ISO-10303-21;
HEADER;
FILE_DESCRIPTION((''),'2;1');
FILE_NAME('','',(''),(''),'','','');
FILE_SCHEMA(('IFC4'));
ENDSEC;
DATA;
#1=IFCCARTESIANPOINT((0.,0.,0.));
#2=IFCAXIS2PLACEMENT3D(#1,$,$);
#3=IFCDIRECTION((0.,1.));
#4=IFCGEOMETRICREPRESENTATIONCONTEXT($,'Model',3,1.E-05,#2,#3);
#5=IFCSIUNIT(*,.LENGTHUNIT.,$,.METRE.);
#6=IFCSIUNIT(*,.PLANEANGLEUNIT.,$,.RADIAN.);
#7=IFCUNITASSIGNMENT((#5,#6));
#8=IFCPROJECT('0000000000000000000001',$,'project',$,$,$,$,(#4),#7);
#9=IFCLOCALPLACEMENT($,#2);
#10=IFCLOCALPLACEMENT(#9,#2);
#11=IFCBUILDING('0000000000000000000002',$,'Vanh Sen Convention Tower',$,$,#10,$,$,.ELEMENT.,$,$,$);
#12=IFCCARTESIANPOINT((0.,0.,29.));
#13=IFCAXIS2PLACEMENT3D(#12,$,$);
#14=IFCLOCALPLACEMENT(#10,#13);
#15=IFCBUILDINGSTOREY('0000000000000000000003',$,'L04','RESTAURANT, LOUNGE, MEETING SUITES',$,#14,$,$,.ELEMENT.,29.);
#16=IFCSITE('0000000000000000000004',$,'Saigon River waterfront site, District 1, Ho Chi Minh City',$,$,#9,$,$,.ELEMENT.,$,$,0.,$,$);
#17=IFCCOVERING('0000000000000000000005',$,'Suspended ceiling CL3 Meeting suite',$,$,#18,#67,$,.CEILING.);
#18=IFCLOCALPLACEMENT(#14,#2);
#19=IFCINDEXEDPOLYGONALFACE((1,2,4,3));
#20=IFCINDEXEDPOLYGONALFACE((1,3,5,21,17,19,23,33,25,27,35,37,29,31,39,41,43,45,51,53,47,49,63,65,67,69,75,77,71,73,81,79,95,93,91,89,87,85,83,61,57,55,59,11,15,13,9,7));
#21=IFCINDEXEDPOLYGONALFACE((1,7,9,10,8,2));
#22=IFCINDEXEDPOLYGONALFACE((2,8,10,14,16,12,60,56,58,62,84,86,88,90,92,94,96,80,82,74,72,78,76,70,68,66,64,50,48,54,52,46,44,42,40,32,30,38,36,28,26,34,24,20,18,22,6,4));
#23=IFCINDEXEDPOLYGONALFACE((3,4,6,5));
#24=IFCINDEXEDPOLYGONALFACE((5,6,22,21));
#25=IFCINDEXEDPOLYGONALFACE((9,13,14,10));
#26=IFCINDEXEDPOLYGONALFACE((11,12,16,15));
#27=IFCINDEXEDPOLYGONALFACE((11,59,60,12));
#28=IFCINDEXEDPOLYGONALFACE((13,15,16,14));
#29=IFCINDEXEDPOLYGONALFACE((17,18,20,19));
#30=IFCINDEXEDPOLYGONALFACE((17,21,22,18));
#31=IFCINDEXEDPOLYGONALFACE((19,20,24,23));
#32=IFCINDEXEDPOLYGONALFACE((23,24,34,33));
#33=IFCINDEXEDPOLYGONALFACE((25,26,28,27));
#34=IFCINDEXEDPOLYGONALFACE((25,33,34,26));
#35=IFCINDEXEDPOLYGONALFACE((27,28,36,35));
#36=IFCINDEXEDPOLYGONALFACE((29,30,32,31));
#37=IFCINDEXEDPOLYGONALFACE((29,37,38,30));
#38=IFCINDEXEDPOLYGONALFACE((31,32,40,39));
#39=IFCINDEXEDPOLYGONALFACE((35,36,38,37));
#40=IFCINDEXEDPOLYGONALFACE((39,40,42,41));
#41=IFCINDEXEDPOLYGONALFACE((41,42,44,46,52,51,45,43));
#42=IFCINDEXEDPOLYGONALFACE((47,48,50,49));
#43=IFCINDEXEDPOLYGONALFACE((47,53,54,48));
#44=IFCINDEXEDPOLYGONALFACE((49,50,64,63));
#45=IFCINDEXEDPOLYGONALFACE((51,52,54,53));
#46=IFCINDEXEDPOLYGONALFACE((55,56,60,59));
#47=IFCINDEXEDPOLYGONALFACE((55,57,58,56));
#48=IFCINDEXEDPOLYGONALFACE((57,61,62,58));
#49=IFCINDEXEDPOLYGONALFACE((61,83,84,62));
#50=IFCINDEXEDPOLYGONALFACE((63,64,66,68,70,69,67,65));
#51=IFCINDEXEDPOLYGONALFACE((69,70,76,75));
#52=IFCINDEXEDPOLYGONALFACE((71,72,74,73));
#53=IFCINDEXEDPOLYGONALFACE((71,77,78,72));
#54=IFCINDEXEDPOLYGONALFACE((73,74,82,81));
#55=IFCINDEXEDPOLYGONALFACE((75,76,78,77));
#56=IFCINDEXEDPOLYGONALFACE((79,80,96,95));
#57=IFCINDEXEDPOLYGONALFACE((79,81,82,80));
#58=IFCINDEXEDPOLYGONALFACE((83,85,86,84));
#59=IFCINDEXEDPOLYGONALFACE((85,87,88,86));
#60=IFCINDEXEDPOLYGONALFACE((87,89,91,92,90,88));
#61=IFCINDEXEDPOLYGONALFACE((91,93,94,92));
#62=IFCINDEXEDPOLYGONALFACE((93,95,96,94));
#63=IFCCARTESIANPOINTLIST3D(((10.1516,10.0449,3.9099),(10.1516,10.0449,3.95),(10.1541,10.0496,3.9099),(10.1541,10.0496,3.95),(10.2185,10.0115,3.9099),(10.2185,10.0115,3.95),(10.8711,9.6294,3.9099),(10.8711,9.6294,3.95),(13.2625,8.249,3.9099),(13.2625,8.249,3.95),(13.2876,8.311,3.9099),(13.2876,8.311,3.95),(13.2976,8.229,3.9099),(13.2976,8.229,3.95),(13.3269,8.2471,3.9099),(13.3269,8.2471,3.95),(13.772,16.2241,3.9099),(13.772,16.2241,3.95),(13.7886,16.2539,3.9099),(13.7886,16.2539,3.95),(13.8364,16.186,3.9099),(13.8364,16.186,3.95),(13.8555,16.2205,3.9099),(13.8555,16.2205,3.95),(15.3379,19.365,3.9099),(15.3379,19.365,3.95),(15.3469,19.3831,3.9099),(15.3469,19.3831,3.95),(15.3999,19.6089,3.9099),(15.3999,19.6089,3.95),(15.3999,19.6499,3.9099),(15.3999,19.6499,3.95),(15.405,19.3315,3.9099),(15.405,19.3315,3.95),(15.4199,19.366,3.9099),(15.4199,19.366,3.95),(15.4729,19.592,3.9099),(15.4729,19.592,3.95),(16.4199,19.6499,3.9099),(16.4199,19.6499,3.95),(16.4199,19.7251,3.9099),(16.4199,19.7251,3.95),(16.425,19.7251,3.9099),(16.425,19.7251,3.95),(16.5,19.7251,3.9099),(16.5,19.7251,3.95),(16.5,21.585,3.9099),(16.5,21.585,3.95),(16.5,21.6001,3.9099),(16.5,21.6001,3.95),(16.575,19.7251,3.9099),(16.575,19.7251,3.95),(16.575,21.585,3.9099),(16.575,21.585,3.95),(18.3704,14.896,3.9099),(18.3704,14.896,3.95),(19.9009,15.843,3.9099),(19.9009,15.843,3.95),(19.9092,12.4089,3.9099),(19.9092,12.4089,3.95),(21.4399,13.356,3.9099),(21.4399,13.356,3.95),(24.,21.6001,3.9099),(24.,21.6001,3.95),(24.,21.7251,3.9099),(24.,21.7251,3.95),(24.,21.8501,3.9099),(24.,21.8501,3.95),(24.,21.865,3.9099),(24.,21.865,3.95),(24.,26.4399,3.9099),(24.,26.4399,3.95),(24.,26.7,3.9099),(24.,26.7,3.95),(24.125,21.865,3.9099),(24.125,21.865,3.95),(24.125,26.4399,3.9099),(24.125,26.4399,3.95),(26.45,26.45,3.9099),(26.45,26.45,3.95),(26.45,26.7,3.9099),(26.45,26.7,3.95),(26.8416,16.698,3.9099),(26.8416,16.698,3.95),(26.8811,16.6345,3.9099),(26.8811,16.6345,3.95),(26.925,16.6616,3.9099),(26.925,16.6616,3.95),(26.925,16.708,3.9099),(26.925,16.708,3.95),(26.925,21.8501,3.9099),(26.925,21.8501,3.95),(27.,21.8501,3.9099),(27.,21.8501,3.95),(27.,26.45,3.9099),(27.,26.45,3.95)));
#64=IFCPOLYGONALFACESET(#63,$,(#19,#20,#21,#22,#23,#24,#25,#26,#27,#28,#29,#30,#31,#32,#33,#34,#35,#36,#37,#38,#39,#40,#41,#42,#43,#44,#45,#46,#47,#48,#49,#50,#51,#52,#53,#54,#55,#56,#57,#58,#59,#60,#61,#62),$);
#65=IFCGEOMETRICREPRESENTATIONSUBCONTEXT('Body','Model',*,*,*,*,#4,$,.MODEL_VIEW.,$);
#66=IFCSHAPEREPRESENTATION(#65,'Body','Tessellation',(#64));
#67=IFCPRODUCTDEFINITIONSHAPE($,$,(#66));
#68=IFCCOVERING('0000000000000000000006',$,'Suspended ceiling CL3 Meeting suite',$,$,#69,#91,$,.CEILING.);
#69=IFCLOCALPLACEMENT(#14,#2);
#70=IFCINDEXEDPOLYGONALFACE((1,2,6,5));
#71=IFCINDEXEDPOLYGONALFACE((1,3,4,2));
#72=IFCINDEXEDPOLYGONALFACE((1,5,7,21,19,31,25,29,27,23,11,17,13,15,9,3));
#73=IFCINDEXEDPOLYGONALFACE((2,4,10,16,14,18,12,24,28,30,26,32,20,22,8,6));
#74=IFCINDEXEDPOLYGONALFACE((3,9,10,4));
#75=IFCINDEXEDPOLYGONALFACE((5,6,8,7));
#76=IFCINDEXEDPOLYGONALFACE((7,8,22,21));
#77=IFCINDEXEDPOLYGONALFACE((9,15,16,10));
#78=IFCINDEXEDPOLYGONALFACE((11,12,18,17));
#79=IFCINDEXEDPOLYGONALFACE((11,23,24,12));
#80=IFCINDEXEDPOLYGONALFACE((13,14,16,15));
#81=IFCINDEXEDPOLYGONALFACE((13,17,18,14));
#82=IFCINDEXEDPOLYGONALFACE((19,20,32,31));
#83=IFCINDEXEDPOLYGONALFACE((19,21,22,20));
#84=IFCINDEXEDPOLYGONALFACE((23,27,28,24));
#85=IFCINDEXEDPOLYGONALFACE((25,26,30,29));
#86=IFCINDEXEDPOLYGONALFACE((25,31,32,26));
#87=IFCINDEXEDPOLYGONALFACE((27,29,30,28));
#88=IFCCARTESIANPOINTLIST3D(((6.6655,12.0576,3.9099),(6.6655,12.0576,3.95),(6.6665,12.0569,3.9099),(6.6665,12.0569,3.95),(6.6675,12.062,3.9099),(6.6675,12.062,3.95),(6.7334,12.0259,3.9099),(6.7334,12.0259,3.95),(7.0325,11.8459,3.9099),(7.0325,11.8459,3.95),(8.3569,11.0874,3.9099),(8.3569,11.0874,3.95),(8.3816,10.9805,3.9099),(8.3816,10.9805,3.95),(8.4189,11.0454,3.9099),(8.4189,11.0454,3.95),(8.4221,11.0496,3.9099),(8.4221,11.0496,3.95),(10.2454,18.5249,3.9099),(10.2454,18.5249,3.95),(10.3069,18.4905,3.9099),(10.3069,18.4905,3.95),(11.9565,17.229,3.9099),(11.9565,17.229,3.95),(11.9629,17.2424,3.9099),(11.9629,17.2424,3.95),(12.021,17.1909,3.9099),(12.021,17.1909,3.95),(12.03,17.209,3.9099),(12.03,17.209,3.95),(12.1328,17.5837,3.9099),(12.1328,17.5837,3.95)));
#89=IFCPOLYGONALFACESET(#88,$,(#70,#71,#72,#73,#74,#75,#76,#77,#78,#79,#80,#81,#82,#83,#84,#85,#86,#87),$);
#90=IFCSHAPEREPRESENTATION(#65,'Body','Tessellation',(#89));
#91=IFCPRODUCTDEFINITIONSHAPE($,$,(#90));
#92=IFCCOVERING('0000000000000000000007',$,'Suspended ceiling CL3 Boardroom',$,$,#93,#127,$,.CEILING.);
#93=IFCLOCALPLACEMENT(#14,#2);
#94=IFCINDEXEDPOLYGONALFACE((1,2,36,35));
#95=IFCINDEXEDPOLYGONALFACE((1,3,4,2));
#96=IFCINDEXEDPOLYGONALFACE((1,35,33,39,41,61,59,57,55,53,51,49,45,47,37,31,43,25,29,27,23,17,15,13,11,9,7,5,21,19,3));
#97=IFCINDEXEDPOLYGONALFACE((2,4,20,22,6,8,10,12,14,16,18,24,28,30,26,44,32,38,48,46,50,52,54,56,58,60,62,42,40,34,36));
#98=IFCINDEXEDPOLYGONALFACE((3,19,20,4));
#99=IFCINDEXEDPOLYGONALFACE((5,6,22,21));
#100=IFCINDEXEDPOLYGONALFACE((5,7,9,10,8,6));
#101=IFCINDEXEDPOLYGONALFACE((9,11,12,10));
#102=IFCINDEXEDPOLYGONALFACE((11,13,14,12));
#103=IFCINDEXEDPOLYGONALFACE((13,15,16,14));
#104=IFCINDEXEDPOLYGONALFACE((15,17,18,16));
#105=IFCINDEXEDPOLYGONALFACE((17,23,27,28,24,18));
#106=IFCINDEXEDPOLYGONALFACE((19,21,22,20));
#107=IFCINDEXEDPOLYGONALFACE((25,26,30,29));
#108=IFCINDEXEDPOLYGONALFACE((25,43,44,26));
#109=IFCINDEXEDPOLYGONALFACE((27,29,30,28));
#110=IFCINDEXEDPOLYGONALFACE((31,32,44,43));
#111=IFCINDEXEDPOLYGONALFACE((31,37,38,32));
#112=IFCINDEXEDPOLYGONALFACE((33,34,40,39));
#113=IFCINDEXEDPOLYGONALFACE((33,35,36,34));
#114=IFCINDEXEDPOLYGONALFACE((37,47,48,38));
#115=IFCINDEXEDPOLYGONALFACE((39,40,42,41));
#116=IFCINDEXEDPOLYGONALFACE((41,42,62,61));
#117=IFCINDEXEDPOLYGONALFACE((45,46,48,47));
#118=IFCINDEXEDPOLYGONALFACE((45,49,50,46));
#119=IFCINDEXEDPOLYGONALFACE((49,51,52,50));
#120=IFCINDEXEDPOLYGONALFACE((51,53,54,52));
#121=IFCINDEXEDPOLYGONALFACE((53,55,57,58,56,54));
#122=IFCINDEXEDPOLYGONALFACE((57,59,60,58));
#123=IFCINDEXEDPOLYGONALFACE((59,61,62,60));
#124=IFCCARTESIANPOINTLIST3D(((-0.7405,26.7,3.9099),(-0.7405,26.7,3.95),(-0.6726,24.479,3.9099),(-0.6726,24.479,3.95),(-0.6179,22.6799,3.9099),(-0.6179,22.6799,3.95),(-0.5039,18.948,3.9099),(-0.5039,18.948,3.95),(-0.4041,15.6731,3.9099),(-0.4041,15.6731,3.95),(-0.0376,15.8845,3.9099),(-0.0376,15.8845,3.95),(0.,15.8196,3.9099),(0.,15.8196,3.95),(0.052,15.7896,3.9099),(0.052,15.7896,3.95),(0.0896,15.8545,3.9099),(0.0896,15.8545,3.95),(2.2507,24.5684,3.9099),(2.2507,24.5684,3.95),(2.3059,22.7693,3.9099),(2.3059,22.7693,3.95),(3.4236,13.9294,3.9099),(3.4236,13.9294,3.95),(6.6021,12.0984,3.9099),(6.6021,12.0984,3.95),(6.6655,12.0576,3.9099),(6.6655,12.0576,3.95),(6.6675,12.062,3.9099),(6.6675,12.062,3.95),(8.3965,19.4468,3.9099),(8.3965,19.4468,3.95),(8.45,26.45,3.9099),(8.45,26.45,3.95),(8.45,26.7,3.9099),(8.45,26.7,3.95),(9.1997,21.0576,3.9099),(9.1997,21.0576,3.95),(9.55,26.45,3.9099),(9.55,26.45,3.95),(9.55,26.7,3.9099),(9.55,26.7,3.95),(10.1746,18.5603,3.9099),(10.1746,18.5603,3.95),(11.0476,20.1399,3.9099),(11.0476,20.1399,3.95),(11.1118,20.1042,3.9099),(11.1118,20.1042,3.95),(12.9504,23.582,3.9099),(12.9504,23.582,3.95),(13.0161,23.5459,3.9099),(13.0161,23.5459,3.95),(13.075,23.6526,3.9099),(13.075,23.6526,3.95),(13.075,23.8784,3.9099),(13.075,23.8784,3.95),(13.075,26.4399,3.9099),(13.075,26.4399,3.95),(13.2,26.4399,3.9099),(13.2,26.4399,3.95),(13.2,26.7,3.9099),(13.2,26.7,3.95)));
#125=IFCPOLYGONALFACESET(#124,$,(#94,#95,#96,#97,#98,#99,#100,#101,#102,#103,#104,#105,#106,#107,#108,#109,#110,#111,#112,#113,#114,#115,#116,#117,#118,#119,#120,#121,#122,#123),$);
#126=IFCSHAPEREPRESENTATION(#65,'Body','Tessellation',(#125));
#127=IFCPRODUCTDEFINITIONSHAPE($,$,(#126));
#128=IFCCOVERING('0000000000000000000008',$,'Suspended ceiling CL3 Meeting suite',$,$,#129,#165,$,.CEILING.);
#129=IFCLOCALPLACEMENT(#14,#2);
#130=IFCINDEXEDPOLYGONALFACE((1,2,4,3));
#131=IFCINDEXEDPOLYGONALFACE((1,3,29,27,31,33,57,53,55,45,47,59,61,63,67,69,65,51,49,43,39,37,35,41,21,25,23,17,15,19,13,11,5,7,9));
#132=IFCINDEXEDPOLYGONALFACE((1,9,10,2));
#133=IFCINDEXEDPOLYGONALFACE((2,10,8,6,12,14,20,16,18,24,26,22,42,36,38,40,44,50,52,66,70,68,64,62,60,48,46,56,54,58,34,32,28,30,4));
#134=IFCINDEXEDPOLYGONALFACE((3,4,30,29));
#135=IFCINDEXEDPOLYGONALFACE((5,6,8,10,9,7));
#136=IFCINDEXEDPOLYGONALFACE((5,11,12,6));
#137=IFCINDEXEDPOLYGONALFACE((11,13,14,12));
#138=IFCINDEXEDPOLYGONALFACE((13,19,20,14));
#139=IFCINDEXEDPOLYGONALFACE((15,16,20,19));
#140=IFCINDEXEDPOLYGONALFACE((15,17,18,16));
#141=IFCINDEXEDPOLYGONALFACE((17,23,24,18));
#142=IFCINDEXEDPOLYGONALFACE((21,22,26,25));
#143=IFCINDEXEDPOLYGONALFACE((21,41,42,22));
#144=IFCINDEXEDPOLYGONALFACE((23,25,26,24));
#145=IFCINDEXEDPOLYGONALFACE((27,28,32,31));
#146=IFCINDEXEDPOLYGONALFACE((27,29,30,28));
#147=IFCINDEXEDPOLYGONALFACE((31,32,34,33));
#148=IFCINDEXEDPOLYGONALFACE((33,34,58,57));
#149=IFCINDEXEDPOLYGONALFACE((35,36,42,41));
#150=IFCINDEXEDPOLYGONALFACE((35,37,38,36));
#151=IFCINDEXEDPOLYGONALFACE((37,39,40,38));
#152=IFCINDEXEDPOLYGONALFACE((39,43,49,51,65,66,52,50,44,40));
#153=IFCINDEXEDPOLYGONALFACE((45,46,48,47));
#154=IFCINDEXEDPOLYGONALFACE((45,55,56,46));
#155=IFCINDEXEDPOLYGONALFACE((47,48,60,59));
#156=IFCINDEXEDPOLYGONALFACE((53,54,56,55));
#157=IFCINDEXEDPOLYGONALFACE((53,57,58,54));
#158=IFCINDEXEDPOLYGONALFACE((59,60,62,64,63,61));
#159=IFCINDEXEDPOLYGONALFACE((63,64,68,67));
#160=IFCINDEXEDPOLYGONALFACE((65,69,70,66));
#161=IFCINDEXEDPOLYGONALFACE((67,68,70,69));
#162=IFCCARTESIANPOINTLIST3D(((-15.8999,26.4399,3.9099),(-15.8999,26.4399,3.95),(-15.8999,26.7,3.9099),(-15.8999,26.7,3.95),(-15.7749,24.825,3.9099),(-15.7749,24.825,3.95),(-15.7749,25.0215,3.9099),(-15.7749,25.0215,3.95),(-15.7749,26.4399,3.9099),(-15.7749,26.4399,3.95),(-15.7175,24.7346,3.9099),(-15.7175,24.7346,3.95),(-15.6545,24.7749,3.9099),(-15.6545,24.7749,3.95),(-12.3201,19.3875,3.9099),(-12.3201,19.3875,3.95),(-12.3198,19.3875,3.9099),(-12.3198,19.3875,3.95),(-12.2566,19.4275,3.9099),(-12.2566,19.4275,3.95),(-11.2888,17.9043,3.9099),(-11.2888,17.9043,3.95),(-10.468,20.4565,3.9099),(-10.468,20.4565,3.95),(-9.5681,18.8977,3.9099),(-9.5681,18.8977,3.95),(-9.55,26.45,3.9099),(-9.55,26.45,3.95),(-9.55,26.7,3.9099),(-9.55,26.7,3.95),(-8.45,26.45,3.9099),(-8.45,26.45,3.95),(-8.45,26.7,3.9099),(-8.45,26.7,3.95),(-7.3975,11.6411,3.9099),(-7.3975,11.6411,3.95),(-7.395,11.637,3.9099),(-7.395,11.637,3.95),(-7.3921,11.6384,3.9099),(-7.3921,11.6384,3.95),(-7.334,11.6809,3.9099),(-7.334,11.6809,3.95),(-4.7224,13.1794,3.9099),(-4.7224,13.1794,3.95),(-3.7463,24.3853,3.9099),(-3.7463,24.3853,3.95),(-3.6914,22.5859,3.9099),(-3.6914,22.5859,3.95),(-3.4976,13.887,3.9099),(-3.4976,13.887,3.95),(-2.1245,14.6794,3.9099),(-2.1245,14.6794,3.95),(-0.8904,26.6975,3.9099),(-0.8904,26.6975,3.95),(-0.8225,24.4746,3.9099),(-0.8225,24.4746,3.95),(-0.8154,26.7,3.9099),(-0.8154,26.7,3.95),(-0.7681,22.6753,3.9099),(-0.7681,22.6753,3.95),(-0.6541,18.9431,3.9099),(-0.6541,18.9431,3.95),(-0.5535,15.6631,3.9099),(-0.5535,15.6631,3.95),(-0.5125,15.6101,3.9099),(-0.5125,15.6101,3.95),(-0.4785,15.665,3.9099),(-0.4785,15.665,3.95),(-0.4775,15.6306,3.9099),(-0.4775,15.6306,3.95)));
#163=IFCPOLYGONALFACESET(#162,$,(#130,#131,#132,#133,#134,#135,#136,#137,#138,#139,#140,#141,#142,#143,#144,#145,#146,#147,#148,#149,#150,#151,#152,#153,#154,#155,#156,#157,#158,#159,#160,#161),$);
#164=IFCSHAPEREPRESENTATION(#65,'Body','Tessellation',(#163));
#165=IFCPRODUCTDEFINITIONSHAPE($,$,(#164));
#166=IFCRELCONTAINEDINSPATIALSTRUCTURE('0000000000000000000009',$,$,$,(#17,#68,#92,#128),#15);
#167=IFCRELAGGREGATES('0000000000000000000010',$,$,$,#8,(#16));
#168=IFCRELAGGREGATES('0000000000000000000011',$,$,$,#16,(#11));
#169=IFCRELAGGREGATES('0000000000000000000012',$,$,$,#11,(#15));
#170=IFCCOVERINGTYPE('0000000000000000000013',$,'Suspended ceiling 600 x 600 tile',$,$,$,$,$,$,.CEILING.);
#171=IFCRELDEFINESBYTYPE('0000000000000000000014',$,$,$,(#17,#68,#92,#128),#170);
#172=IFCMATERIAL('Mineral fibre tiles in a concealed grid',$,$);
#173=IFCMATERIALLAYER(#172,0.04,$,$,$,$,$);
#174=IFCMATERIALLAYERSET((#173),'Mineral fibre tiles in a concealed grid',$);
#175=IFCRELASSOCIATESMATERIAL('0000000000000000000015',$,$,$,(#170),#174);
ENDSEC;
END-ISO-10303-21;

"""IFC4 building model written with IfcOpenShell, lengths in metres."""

from ifc_helpers import new_model, si_unit, direction, frame, origin, place, context, subcontext, project, spatial, polyline, outline, extrude, material, layer, layer_set, type_object, element, save


model = new_model("IFC4")

# Units and contexts
model_context = context("Model", 3, precision=1e-05, world=origin(), true_north=direction((0.0, 1.0)))
body_context = subcontext(model_context, "Body", "Model", "MODEL_VIEW")
ifc_project = project(units=[si_unit("LENGTHUNIT", "METRE"), si_unit("PLANEANGLEUNIT", "RADIAN")], contexts=[model_context])

# Site, building, storey
site_placement = place(None, origin())
site = spatial("IfcSite", under=ifc_project, at=site_placement, Name="Saigon River waterfront site, District 1, Ho Chi Minh City", CompositionType="ELEMENT", RefElevation=0.0)
building_placement = place(site_placement, origin())
building = spatial("IfcBuilding", under=site, at=building_placement, Name="Vanh Sen Convention Tower", CompositionType="ELEMENT")
storey_placement = place(building_placement, frame((0.0, 0.0, 29.0)))
storey = spatial("IfcBuildingStorey", under=building, at=storey_placement, Name="L04", Description="RESTAURANT, LOUNGE, MEETING SUITES", CompositionType="ELEMENT", Elevation=29.0)

# Coverings
ifc_material_1 = material(Name="Mineral fibre tiles in a concealed grid")
ifc_layer_1 = layer(ifc_material_1, 0.04)
ifc_layer_set_1 = layer_set([ifc_layer_1], Name="Mineral fibre tiles in a concealed grid")
covering_type = type_object("IfcCoveringType", Name="Suspended ceiling 600 x 600 tile", PredefinedType="CEILING", material=ifc_layer_set_1)
covering_1_placement = place(storey_placement, frame((0.0, 0.0, 3.9099)))
element("IfcCovering", 1, at=covering_1_placement, inside=storey, type_object=covering_type, Name="Suspended ceiling CL3 Meeting suite", PredefinedType="CEILING", context=body_context, shape_type="SweptSolid", body=[
    extrude(outline(polyline([(13.8555, 16.2205), (13.7886, 16.2539), (13.772, 16.2241), (13.8364, 16.186), (10.2185, 10.0115), (10.1541, 10.0496), (10.1516, 10.0449), (10.8711, 9.6294), (13.2625, 8.249), (13.2976, 8.229), (13.3269, 8.2471), (13.2876, 8.311), (19.9092, 12.4089), (18.3704, 14.896), (19.9009, 15.843), (21.4399, 13.356), (26.8416, 16.698), (26.8811, 16.6345), (26.925, 16.6616), (26.925, 16.708), (26.925, 21.8501), (27.0, 21.8501), (27.0, 26.45), (26.45, 26.45), (26.45, 26.7), (24.0, 26.7), (24.0, 26.4399), (24.125, 26.4399), (24.125, 21.865), (24.0, 21.865), (24.0, 21.8501), (24.0, 21.7251), (24.0, 21.6001), (16.5, 21.6001), (16.5, 21.585), (16.575, 21.585), (16.575, 19.7251), (16.5, 19.7251), (16.425, 19.7251), (16.4199, 19.7251), (16.4199, 19.6499), (15.3999, 19.6499), (15.3999, 19.6089), (15.4729, 19.592), (15.4199, 19.366), (15.3469, 19.3831), (15.3379, 19.365), (15.405, 19.3315), (13.8555, 16.2205)])), origin(), (0.0, 0.0, 1.0), 0.04),
])
covering_2_placement = place(storey_placement, frame((0.0, 0.0, 3.9099)))
element("IfcCovering", 2, at=covering_2_placement, inside=storey, type_object=covering_type, Name="Suspended ceiling CL3 Meeting suite", PredefinedType="CEILING", context=body_context, shape_type="SweptSolid", body=[
    extrude(outline(polyline([(11.9565, 17.229), (12.021, 17.1909), (12.03, 17.209), (11.9629, 17.2424), (12.1328, 17.5837), (10.2454, 18.5249), (10.3069, 18.4905), (6.7334, 12.0259), (6.6675, 12.062), (6.6655, 12.0576), (6.6665, 12.0569), (7.0325, 11.8459), (8.4189, 11.0454), (8.3816, 10.9805), (8.4221, 11.0496), (8.3569, 11.0874), (11.9565, 17.229)])), origin(), (0.0, 0.0, 1.0), 0.04),
])
covering_3_placement = place(storey_placement, frame((0.0, 0.0, 3.9099)))
element("IfcCovering", 3, at=covering_3_placement, inside=storey, type_object=covering_type, Name="Suspended ceiling CL3 Boardroom", PredefinedType="CEILING", context=body_context, shape_type="SweptSolid", body=[
    extrude(outline(polyline([(-0.0376, 15.8845), (0.0, 15.8196), (0.052, 15.7896), (0.0896, 15.8545), (3.4236, 13.9294), (6.6655, 12.0576), (6.6675, 12.062), (6.6021, 12.0984), (10.1746, 18.5603), (8.3965, 19.4468), (9.1997, 21.0576), (11.1118, 20.1042), (11.0476, 20.1399), (12.9504, 23.582), (13.0161, 23.5459), (13.075, 23.6526), (13.075, 23.8784), (13.075, 26.4399), (13.2, 26.4399), (13.2, 26.7), (9.55, 26.7), (9.55, 26.45), (8.45, 26.45), (8.45, 26.7), (-0.7405, 26.7), (-0.6726, 24.479), (2.2507, 24.5684), (2.3059, 22.7693), (-0.6179, 22.6799), (-0.5039, 18.948), (-0.4041, 15.6731), (-0.0376, 15.8845)])), origin(), (0.0, 0.0, 1.0), 0.04),
])
covering_4_placement = place(storey_placement, frame((0.0, 0.0, 3.9099)))
element("IfcCovering", 4, at=covering_4_placement, inside=storey, type_object=covering_type, Name="Suspended ceiling CL3 Meeting suite", PredefinedType="CEILING", context=body_context, shape_type="SweptSolid", body=[
    extrude(outline(polyline([(-0.5125, 15.6101), (-0.4775, 15.6306), (-0.4785, 15.665), (-0.5535, 15.6631), (-0.6541, 18.9431), (-0.7681, 22.6753), (-3.6914, 22.5859), (-3.7463, 24.3853), (-0.8225, 24.4746), (-0.8904, 26.6975), (-0.8154, 26.7), (-8.45, 26.7), (-8.45, 26.45), (-9.55, 26.45), (-9.55, 26.7), (-15.8999, 26.7), (-15.8999, 26.4399), (-15.7749, 26.4399), (-15.7749, 25.0215), (-15.7749, 24.825), (-15.7175, 24.7346), (-15.6545, 24.7749), (-12.2566, 19.4275), (-12.3201, 19.3875), (-12.3198, 19.3875), (-10.468, 20.4565), (-9.5681, 18.8977), (-11.2888, 17.9043), (-7.334, 11.6809), (-7.3975, 11.6411), (-7.395, 11.637), (-7.3921, 11.6384), (-4.7224, 13.1794), (-3.4976, 13.887), (-2.1245, 14.6794), (-0.5125, 15.6101)])), origin(), (0.0, 0.0, 1.0), 0.04),
])

save(model, "model.ifc")
